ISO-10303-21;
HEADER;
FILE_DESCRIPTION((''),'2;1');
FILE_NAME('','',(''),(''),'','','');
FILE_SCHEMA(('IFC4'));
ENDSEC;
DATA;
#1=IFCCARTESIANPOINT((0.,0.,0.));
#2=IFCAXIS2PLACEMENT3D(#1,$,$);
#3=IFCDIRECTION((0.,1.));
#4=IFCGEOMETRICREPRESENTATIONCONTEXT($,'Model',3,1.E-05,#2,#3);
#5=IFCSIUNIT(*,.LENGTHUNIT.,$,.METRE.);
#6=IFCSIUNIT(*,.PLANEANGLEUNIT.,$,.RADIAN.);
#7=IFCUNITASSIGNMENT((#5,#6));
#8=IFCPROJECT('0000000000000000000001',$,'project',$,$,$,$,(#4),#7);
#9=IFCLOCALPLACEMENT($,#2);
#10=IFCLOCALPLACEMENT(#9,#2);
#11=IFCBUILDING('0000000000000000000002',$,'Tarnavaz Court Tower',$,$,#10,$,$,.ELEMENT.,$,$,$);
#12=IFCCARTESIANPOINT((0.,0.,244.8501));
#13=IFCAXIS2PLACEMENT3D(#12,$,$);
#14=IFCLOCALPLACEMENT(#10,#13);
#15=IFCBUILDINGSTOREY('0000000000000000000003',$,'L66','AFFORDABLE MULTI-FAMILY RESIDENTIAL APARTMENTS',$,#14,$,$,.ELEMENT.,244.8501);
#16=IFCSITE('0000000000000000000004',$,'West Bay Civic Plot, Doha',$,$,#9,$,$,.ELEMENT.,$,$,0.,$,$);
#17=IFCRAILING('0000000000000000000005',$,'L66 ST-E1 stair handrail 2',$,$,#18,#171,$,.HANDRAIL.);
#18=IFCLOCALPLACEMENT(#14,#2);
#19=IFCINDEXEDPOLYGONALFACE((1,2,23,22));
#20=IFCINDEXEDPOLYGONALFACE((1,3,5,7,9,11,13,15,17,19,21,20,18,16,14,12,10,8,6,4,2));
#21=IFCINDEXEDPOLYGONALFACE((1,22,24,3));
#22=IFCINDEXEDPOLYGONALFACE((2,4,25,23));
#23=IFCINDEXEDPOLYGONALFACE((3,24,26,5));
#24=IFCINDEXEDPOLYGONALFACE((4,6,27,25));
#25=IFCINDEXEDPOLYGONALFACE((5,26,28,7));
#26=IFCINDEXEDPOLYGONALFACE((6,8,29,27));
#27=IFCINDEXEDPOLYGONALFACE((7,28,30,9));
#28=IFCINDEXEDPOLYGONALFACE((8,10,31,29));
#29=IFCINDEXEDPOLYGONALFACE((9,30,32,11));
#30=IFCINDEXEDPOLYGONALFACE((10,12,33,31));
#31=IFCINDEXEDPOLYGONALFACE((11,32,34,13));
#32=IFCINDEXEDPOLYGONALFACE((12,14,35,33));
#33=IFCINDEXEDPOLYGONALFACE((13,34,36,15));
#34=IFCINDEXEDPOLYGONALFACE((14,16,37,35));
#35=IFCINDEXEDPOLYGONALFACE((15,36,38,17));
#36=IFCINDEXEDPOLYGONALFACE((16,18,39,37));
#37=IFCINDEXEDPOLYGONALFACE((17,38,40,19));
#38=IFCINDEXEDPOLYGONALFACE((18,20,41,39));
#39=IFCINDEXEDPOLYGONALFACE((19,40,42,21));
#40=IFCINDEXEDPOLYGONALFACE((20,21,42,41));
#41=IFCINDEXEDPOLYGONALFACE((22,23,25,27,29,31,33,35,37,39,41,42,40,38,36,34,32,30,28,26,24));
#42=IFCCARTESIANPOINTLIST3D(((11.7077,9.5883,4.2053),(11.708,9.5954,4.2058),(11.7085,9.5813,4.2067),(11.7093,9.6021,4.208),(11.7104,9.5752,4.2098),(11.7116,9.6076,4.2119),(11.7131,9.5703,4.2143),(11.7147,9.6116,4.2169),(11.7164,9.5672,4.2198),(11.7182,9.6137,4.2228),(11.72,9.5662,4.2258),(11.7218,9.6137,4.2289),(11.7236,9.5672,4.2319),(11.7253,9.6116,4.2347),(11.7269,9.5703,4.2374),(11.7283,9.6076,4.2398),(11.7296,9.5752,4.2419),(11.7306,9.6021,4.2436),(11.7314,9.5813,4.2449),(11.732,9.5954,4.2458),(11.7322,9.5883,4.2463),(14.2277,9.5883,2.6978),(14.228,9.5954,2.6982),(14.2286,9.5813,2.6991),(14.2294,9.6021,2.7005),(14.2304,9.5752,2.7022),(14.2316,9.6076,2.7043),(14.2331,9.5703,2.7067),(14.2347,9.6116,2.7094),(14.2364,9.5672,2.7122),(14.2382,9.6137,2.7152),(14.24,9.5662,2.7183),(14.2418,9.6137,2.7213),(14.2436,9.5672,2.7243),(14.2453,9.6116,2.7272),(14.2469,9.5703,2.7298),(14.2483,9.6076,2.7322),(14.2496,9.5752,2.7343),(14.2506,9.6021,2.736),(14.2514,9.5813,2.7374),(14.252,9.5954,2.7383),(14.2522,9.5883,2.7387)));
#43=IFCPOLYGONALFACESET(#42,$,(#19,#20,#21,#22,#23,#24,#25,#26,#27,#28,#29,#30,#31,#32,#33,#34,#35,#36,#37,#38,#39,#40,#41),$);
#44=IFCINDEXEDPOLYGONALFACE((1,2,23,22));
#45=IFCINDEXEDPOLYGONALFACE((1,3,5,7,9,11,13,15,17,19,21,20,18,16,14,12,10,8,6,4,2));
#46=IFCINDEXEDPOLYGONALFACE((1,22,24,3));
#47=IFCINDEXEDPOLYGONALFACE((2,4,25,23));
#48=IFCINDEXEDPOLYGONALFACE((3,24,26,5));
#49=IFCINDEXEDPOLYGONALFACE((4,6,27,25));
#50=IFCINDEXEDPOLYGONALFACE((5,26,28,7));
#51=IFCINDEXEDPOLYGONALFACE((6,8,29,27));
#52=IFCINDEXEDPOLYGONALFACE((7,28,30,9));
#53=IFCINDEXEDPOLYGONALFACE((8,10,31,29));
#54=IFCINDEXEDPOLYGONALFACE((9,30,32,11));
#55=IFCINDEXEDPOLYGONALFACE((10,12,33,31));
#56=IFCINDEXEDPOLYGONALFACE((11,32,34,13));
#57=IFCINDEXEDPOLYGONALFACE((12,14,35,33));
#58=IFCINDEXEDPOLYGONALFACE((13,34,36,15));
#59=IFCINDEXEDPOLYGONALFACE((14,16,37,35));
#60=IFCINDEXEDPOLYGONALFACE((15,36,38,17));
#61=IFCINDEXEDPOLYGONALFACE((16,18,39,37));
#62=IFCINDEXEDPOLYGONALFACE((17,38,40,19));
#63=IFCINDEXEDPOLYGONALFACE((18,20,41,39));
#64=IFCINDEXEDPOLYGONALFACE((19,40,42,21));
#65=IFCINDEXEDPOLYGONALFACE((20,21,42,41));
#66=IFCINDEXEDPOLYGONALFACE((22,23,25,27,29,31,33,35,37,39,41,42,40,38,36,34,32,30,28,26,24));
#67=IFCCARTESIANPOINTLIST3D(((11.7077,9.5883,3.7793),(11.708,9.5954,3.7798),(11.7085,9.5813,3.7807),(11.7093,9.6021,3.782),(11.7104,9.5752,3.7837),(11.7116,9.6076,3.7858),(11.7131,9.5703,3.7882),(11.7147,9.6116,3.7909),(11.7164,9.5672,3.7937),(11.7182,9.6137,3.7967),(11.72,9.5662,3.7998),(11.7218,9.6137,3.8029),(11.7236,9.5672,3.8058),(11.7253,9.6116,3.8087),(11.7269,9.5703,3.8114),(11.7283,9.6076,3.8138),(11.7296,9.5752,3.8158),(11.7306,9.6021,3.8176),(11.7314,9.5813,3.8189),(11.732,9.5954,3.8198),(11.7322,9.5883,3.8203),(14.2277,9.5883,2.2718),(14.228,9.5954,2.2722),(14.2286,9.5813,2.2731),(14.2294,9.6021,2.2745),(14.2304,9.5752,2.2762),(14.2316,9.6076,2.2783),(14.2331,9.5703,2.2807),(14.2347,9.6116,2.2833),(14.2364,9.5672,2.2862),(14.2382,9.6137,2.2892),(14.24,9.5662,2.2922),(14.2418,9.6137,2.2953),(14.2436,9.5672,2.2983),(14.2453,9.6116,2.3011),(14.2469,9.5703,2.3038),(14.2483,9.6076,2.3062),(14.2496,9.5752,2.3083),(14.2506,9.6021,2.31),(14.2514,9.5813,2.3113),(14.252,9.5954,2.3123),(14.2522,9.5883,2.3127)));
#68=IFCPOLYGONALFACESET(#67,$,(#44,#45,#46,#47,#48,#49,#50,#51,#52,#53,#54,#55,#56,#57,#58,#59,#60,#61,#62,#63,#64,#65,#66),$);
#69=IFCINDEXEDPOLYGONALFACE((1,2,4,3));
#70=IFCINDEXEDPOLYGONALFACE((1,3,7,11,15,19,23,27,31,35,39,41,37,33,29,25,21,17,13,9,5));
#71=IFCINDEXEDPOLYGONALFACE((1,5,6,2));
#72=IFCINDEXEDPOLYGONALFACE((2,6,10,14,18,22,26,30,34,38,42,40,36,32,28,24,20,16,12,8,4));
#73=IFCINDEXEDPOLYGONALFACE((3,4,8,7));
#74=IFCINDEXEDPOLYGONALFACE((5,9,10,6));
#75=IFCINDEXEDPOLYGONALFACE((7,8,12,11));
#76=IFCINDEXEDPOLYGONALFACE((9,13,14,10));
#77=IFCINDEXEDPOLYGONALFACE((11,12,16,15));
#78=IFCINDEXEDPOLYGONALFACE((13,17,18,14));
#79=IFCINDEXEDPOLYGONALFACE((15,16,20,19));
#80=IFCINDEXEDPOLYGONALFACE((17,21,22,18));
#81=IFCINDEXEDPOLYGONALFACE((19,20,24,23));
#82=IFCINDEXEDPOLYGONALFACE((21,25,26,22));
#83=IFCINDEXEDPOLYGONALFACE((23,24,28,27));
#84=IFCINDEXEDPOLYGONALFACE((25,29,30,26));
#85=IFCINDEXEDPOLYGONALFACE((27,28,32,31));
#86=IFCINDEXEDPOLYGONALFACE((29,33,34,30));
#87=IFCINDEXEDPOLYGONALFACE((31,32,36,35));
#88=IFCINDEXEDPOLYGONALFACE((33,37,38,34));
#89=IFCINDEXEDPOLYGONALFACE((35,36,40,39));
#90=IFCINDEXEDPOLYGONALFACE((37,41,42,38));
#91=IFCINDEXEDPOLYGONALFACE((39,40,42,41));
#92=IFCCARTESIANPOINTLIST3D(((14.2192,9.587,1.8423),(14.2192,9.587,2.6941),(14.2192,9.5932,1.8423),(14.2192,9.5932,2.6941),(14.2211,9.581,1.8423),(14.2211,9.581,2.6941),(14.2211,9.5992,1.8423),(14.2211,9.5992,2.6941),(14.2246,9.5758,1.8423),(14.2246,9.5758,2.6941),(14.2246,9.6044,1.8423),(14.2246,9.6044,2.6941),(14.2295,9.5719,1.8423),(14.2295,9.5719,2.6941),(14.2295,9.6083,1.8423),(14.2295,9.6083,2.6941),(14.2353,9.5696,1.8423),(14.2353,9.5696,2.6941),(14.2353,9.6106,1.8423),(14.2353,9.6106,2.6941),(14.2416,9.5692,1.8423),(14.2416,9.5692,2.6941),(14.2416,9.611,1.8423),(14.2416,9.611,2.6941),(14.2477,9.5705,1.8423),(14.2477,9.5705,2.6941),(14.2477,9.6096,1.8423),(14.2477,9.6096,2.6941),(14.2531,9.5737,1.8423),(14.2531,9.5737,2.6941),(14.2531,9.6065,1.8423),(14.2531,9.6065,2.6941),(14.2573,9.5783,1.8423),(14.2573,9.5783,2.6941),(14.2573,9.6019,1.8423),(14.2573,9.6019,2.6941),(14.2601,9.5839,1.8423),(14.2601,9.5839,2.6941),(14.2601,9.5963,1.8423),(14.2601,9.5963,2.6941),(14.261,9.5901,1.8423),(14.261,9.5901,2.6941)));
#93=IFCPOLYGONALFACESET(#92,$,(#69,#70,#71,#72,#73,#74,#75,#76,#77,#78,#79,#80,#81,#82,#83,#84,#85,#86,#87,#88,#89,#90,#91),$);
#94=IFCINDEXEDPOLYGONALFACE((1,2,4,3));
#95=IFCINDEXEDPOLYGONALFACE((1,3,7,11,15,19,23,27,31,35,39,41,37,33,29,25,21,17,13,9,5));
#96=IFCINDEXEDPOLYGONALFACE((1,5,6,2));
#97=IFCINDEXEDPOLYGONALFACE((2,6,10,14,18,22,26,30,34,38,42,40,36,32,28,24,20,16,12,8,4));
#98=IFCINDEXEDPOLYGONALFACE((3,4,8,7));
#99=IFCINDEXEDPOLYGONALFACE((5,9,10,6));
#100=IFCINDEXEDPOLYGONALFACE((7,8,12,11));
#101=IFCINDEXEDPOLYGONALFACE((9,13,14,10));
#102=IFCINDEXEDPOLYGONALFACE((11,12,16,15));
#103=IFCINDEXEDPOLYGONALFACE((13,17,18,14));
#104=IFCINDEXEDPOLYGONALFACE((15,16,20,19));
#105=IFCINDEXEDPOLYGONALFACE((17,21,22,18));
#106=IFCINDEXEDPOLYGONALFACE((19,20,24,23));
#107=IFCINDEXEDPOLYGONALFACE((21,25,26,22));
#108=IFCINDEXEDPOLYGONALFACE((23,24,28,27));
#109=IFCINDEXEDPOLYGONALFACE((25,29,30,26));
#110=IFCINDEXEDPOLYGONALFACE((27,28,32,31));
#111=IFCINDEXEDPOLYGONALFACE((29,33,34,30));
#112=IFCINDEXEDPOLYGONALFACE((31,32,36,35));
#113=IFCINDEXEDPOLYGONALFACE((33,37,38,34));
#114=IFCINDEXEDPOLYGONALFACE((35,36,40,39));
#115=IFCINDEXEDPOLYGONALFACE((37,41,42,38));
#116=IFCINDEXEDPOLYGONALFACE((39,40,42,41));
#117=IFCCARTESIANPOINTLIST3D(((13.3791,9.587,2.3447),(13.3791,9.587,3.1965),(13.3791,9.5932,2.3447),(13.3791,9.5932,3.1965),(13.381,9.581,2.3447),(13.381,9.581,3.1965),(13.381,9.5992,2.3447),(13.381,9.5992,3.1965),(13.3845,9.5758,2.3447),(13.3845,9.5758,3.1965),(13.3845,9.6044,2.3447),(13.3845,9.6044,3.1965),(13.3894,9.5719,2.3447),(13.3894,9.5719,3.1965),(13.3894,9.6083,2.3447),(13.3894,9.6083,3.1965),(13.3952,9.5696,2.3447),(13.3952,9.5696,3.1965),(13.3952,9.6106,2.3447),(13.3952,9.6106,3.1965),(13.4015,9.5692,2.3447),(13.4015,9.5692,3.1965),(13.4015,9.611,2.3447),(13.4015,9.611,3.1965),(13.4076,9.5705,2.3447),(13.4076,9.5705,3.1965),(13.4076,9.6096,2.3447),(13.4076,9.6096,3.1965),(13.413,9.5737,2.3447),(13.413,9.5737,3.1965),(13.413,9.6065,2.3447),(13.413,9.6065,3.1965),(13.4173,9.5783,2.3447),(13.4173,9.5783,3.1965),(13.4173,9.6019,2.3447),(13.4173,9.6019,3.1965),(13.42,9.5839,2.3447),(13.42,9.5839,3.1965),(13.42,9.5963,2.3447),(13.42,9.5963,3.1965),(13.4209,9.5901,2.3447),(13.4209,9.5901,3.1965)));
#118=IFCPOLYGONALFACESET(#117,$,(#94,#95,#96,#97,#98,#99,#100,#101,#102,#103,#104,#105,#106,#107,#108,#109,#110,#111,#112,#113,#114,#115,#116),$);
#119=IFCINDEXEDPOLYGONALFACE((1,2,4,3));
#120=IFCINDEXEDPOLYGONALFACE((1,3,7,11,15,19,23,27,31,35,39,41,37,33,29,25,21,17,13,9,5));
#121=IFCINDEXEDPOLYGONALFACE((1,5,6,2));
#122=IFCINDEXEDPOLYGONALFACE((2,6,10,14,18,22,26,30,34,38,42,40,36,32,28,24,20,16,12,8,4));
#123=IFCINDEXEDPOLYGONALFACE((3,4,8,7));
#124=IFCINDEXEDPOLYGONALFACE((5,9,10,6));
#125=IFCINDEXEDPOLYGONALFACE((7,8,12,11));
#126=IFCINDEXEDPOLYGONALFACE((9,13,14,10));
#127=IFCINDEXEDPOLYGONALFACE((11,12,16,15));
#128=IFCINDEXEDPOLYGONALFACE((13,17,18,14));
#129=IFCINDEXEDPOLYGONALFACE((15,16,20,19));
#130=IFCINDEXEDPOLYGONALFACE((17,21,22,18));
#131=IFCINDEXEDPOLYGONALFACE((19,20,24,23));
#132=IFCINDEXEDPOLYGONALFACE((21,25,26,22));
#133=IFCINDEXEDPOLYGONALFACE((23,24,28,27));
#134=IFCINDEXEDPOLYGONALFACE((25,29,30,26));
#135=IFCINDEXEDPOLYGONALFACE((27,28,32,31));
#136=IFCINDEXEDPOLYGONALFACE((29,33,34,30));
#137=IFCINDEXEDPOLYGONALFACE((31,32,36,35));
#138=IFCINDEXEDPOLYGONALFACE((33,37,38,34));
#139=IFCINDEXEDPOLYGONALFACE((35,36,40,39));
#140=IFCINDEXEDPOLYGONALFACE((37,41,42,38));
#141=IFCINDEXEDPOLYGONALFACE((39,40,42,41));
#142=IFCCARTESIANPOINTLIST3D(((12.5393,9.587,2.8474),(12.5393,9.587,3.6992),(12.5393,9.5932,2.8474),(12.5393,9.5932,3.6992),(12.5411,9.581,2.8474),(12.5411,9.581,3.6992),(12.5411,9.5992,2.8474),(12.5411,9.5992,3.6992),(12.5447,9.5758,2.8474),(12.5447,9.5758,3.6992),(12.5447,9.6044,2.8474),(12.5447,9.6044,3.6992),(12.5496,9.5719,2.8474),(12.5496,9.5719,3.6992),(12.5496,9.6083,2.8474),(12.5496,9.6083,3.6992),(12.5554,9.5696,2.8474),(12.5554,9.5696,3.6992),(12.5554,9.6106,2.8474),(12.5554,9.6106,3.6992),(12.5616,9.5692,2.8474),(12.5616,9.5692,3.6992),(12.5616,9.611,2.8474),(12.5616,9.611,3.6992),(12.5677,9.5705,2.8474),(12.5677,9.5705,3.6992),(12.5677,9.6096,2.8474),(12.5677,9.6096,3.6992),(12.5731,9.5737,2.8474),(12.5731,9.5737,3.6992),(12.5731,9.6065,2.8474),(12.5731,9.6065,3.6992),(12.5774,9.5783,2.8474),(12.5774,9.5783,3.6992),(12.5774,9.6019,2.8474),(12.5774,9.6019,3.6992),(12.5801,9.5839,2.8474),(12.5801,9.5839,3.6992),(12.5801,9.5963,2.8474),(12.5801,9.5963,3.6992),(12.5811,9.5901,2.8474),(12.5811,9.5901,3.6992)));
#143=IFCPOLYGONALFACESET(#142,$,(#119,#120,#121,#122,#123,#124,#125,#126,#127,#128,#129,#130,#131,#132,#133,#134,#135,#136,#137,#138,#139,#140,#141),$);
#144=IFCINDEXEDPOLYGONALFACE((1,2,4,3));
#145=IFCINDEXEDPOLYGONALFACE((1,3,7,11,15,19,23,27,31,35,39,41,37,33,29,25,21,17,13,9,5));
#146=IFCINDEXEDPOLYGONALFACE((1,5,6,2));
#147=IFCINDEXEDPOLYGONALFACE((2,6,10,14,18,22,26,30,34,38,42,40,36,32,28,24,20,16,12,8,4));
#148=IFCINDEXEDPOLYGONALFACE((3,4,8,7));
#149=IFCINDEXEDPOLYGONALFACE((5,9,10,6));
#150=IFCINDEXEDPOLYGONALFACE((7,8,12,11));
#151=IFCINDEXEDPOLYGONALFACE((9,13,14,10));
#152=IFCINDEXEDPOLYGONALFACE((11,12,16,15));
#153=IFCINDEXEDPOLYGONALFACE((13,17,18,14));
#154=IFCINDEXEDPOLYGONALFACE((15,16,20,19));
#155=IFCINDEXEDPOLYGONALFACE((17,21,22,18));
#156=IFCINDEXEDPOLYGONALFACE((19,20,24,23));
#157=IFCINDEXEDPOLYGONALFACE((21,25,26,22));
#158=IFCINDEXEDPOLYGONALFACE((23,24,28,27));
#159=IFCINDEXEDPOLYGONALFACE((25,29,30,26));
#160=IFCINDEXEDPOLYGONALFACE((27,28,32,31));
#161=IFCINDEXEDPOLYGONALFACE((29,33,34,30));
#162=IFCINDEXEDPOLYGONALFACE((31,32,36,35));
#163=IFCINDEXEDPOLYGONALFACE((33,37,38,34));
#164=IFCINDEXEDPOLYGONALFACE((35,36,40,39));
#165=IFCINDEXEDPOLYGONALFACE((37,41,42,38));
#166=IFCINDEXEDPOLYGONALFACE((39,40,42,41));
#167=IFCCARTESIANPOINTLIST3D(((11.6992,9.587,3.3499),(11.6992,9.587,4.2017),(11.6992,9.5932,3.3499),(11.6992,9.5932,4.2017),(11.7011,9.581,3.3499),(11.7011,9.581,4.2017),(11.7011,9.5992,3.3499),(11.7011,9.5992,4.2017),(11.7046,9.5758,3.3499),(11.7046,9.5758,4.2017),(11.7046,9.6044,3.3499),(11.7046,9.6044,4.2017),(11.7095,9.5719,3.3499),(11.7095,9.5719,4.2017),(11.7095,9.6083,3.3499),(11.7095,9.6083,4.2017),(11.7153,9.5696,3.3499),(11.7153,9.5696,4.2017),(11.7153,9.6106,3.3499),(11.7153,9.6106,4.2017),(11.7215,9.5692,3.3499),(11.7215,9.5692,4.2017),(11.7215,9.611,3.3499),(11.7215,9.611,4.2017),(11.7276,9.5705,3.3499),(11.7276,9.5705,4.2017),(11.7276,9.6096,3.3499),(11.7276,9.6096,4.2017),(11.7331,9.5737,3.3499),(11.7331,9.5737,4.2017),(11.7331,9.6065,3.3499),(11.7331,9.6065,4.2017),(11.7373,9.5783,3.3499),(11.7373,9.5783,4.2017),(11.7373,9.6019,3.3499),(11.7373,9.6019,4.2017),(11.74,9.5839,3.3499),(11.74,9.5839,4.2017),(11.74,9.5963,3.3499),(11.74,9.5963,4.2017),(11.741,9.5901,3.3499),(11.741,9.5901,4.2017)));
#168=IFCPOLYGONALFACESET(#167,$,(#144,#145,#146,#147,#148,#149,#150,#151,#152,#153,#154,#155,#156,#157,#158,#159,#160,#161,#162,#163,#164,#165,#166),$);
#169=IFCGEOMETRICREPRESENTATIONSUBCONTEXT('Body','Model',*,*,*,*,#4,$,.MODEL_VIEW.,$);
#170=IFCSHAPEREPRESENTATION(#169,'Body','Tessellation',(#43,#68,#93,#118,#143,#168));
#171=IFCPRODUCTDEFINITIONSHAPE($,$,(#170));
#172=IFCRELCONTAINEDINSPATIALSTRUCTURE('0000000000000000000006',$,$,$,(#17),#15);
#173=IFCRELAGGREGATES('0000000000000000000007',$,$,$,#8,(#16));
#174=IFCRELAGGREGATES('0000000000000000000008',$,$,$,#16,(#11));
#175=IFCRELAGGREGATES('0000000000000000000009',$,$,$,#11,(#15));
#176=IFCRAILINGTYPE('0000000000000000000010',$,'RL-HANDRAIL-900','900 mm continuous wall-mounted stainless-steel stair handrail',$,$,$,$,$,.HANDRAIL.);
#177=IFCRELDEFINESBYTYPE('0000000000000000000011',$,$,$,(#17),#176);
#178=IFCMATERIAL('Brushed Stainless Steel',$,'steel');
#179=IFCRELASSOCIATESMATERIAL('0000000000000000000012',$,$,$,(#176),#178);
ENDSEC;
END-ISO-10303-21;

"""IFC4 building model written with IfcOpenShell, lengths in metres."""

from ifc_helpers import new_model, si_unit, direction, frame, origin, origin_2d, place, context, subcontext, project, spatial, circle, extrude, material, type_object, element, save


model = new_model("IFC4")

# Units and contexts
model_context = context("Model", 3, precision=1e-05, world=origin(), true_north=direction((0.0, 1.0)))
body_context = subcontext(model_context, "Body", "Model", "MODEL_VIEW")
ifc_project = project(units=[si_unit("LENGTHUNIT", "METRE"), si_unit("PLANEANGLEUNIT", "RADIAN")], contexts=[model_context])

# Site, building, storey
site_placement = place(None, origin())
site = spatial("IfcSite", under=ifc_project, at=site_placement, Name="West Bay Civic Plot, Doha", CompositionType="ELEMENT", RefElevation=0.0)
building_placement = place(site_placement, origin())
building = spatial("IfcBuilding", under=site, at=building_placement, Name="Tarnavaz Court Tower", CompositionType="ELEMENT")
storey_placement = place(building_placement, frame((0.0, 0.0, 244.8501)))
storey = spatial("IfcBuildingStorey", under=building, at=storey_placement, Name="L66", Description="AFFORDABLE MULTI-FAMILY RESIDENTIAL APARTMENTS", CompositionType="ELEMENT", Elevation=244.8501)

# Railing
ifc_material_1 = material(Name="Brushed Stainless Steel", Category="steel")
railing_type_1 = type_object("IfcRailingType", Name="RL-HANDRAIL-900", Description="900 mm continuous wall-mounted stainless-steel stair handrail", PredefinedType="HANDRAIL", material=ifc_material_1)
railing_1_placement = place(storey_placement, frame((14.24, 9.5901, 1.8423)))
element("IfcRailing", 1, at=railing_1_placement, inside=storey, type_object=railing_type_1, Name="L66 ST-E1 stair handrail 2", PredefinedType="HANDRAIL", context=body_context, shape_type="SweptSolid", body=[
    extrude(circle(Radius=0.0239, at=origin_2d()), frame((0.0, 0.0, 0.876), z_axis=(-0.85816, 0.0, 0.513383), x_axis=(0.0, -1.0, 0.0)), (0.0, 0.0, 1.0), 2.9365),
    extrude(circle(Radius=0.0239, at=origin_2d()), frame((0.0, 0.0, 0.45), z_axis=(-0.85816, 0.0, 0.513383), x_axis=(0.0, -1.0, 0.0)), (0.0, 0.0, 1.0), 2.9365),
    extrude(circle(Radius=0.021, at=origin_2d()), origin(), (0.0, 0.0, 1.0), 0.8518),
    extrude(circle(Radius=0.021, at=origin_2d()), frame((-0.8401, 0.0, 0.5024)), (0.0, 0.0, 1.0), 0.8518),
    extrude(circle(Radius=0.021, at=origin_2d()), frame((-1.6799, 0.0, 1.0051)), (0.0, 0.0, 1.0), 0.8518),
    extrude(circle(Radius=0.021, at=origin_2d()), frame((-2.52, 0.0, 1.5076)), (0.0, 0.0, 1.0), 0.8518),
])

save(model, "model.ifc")
